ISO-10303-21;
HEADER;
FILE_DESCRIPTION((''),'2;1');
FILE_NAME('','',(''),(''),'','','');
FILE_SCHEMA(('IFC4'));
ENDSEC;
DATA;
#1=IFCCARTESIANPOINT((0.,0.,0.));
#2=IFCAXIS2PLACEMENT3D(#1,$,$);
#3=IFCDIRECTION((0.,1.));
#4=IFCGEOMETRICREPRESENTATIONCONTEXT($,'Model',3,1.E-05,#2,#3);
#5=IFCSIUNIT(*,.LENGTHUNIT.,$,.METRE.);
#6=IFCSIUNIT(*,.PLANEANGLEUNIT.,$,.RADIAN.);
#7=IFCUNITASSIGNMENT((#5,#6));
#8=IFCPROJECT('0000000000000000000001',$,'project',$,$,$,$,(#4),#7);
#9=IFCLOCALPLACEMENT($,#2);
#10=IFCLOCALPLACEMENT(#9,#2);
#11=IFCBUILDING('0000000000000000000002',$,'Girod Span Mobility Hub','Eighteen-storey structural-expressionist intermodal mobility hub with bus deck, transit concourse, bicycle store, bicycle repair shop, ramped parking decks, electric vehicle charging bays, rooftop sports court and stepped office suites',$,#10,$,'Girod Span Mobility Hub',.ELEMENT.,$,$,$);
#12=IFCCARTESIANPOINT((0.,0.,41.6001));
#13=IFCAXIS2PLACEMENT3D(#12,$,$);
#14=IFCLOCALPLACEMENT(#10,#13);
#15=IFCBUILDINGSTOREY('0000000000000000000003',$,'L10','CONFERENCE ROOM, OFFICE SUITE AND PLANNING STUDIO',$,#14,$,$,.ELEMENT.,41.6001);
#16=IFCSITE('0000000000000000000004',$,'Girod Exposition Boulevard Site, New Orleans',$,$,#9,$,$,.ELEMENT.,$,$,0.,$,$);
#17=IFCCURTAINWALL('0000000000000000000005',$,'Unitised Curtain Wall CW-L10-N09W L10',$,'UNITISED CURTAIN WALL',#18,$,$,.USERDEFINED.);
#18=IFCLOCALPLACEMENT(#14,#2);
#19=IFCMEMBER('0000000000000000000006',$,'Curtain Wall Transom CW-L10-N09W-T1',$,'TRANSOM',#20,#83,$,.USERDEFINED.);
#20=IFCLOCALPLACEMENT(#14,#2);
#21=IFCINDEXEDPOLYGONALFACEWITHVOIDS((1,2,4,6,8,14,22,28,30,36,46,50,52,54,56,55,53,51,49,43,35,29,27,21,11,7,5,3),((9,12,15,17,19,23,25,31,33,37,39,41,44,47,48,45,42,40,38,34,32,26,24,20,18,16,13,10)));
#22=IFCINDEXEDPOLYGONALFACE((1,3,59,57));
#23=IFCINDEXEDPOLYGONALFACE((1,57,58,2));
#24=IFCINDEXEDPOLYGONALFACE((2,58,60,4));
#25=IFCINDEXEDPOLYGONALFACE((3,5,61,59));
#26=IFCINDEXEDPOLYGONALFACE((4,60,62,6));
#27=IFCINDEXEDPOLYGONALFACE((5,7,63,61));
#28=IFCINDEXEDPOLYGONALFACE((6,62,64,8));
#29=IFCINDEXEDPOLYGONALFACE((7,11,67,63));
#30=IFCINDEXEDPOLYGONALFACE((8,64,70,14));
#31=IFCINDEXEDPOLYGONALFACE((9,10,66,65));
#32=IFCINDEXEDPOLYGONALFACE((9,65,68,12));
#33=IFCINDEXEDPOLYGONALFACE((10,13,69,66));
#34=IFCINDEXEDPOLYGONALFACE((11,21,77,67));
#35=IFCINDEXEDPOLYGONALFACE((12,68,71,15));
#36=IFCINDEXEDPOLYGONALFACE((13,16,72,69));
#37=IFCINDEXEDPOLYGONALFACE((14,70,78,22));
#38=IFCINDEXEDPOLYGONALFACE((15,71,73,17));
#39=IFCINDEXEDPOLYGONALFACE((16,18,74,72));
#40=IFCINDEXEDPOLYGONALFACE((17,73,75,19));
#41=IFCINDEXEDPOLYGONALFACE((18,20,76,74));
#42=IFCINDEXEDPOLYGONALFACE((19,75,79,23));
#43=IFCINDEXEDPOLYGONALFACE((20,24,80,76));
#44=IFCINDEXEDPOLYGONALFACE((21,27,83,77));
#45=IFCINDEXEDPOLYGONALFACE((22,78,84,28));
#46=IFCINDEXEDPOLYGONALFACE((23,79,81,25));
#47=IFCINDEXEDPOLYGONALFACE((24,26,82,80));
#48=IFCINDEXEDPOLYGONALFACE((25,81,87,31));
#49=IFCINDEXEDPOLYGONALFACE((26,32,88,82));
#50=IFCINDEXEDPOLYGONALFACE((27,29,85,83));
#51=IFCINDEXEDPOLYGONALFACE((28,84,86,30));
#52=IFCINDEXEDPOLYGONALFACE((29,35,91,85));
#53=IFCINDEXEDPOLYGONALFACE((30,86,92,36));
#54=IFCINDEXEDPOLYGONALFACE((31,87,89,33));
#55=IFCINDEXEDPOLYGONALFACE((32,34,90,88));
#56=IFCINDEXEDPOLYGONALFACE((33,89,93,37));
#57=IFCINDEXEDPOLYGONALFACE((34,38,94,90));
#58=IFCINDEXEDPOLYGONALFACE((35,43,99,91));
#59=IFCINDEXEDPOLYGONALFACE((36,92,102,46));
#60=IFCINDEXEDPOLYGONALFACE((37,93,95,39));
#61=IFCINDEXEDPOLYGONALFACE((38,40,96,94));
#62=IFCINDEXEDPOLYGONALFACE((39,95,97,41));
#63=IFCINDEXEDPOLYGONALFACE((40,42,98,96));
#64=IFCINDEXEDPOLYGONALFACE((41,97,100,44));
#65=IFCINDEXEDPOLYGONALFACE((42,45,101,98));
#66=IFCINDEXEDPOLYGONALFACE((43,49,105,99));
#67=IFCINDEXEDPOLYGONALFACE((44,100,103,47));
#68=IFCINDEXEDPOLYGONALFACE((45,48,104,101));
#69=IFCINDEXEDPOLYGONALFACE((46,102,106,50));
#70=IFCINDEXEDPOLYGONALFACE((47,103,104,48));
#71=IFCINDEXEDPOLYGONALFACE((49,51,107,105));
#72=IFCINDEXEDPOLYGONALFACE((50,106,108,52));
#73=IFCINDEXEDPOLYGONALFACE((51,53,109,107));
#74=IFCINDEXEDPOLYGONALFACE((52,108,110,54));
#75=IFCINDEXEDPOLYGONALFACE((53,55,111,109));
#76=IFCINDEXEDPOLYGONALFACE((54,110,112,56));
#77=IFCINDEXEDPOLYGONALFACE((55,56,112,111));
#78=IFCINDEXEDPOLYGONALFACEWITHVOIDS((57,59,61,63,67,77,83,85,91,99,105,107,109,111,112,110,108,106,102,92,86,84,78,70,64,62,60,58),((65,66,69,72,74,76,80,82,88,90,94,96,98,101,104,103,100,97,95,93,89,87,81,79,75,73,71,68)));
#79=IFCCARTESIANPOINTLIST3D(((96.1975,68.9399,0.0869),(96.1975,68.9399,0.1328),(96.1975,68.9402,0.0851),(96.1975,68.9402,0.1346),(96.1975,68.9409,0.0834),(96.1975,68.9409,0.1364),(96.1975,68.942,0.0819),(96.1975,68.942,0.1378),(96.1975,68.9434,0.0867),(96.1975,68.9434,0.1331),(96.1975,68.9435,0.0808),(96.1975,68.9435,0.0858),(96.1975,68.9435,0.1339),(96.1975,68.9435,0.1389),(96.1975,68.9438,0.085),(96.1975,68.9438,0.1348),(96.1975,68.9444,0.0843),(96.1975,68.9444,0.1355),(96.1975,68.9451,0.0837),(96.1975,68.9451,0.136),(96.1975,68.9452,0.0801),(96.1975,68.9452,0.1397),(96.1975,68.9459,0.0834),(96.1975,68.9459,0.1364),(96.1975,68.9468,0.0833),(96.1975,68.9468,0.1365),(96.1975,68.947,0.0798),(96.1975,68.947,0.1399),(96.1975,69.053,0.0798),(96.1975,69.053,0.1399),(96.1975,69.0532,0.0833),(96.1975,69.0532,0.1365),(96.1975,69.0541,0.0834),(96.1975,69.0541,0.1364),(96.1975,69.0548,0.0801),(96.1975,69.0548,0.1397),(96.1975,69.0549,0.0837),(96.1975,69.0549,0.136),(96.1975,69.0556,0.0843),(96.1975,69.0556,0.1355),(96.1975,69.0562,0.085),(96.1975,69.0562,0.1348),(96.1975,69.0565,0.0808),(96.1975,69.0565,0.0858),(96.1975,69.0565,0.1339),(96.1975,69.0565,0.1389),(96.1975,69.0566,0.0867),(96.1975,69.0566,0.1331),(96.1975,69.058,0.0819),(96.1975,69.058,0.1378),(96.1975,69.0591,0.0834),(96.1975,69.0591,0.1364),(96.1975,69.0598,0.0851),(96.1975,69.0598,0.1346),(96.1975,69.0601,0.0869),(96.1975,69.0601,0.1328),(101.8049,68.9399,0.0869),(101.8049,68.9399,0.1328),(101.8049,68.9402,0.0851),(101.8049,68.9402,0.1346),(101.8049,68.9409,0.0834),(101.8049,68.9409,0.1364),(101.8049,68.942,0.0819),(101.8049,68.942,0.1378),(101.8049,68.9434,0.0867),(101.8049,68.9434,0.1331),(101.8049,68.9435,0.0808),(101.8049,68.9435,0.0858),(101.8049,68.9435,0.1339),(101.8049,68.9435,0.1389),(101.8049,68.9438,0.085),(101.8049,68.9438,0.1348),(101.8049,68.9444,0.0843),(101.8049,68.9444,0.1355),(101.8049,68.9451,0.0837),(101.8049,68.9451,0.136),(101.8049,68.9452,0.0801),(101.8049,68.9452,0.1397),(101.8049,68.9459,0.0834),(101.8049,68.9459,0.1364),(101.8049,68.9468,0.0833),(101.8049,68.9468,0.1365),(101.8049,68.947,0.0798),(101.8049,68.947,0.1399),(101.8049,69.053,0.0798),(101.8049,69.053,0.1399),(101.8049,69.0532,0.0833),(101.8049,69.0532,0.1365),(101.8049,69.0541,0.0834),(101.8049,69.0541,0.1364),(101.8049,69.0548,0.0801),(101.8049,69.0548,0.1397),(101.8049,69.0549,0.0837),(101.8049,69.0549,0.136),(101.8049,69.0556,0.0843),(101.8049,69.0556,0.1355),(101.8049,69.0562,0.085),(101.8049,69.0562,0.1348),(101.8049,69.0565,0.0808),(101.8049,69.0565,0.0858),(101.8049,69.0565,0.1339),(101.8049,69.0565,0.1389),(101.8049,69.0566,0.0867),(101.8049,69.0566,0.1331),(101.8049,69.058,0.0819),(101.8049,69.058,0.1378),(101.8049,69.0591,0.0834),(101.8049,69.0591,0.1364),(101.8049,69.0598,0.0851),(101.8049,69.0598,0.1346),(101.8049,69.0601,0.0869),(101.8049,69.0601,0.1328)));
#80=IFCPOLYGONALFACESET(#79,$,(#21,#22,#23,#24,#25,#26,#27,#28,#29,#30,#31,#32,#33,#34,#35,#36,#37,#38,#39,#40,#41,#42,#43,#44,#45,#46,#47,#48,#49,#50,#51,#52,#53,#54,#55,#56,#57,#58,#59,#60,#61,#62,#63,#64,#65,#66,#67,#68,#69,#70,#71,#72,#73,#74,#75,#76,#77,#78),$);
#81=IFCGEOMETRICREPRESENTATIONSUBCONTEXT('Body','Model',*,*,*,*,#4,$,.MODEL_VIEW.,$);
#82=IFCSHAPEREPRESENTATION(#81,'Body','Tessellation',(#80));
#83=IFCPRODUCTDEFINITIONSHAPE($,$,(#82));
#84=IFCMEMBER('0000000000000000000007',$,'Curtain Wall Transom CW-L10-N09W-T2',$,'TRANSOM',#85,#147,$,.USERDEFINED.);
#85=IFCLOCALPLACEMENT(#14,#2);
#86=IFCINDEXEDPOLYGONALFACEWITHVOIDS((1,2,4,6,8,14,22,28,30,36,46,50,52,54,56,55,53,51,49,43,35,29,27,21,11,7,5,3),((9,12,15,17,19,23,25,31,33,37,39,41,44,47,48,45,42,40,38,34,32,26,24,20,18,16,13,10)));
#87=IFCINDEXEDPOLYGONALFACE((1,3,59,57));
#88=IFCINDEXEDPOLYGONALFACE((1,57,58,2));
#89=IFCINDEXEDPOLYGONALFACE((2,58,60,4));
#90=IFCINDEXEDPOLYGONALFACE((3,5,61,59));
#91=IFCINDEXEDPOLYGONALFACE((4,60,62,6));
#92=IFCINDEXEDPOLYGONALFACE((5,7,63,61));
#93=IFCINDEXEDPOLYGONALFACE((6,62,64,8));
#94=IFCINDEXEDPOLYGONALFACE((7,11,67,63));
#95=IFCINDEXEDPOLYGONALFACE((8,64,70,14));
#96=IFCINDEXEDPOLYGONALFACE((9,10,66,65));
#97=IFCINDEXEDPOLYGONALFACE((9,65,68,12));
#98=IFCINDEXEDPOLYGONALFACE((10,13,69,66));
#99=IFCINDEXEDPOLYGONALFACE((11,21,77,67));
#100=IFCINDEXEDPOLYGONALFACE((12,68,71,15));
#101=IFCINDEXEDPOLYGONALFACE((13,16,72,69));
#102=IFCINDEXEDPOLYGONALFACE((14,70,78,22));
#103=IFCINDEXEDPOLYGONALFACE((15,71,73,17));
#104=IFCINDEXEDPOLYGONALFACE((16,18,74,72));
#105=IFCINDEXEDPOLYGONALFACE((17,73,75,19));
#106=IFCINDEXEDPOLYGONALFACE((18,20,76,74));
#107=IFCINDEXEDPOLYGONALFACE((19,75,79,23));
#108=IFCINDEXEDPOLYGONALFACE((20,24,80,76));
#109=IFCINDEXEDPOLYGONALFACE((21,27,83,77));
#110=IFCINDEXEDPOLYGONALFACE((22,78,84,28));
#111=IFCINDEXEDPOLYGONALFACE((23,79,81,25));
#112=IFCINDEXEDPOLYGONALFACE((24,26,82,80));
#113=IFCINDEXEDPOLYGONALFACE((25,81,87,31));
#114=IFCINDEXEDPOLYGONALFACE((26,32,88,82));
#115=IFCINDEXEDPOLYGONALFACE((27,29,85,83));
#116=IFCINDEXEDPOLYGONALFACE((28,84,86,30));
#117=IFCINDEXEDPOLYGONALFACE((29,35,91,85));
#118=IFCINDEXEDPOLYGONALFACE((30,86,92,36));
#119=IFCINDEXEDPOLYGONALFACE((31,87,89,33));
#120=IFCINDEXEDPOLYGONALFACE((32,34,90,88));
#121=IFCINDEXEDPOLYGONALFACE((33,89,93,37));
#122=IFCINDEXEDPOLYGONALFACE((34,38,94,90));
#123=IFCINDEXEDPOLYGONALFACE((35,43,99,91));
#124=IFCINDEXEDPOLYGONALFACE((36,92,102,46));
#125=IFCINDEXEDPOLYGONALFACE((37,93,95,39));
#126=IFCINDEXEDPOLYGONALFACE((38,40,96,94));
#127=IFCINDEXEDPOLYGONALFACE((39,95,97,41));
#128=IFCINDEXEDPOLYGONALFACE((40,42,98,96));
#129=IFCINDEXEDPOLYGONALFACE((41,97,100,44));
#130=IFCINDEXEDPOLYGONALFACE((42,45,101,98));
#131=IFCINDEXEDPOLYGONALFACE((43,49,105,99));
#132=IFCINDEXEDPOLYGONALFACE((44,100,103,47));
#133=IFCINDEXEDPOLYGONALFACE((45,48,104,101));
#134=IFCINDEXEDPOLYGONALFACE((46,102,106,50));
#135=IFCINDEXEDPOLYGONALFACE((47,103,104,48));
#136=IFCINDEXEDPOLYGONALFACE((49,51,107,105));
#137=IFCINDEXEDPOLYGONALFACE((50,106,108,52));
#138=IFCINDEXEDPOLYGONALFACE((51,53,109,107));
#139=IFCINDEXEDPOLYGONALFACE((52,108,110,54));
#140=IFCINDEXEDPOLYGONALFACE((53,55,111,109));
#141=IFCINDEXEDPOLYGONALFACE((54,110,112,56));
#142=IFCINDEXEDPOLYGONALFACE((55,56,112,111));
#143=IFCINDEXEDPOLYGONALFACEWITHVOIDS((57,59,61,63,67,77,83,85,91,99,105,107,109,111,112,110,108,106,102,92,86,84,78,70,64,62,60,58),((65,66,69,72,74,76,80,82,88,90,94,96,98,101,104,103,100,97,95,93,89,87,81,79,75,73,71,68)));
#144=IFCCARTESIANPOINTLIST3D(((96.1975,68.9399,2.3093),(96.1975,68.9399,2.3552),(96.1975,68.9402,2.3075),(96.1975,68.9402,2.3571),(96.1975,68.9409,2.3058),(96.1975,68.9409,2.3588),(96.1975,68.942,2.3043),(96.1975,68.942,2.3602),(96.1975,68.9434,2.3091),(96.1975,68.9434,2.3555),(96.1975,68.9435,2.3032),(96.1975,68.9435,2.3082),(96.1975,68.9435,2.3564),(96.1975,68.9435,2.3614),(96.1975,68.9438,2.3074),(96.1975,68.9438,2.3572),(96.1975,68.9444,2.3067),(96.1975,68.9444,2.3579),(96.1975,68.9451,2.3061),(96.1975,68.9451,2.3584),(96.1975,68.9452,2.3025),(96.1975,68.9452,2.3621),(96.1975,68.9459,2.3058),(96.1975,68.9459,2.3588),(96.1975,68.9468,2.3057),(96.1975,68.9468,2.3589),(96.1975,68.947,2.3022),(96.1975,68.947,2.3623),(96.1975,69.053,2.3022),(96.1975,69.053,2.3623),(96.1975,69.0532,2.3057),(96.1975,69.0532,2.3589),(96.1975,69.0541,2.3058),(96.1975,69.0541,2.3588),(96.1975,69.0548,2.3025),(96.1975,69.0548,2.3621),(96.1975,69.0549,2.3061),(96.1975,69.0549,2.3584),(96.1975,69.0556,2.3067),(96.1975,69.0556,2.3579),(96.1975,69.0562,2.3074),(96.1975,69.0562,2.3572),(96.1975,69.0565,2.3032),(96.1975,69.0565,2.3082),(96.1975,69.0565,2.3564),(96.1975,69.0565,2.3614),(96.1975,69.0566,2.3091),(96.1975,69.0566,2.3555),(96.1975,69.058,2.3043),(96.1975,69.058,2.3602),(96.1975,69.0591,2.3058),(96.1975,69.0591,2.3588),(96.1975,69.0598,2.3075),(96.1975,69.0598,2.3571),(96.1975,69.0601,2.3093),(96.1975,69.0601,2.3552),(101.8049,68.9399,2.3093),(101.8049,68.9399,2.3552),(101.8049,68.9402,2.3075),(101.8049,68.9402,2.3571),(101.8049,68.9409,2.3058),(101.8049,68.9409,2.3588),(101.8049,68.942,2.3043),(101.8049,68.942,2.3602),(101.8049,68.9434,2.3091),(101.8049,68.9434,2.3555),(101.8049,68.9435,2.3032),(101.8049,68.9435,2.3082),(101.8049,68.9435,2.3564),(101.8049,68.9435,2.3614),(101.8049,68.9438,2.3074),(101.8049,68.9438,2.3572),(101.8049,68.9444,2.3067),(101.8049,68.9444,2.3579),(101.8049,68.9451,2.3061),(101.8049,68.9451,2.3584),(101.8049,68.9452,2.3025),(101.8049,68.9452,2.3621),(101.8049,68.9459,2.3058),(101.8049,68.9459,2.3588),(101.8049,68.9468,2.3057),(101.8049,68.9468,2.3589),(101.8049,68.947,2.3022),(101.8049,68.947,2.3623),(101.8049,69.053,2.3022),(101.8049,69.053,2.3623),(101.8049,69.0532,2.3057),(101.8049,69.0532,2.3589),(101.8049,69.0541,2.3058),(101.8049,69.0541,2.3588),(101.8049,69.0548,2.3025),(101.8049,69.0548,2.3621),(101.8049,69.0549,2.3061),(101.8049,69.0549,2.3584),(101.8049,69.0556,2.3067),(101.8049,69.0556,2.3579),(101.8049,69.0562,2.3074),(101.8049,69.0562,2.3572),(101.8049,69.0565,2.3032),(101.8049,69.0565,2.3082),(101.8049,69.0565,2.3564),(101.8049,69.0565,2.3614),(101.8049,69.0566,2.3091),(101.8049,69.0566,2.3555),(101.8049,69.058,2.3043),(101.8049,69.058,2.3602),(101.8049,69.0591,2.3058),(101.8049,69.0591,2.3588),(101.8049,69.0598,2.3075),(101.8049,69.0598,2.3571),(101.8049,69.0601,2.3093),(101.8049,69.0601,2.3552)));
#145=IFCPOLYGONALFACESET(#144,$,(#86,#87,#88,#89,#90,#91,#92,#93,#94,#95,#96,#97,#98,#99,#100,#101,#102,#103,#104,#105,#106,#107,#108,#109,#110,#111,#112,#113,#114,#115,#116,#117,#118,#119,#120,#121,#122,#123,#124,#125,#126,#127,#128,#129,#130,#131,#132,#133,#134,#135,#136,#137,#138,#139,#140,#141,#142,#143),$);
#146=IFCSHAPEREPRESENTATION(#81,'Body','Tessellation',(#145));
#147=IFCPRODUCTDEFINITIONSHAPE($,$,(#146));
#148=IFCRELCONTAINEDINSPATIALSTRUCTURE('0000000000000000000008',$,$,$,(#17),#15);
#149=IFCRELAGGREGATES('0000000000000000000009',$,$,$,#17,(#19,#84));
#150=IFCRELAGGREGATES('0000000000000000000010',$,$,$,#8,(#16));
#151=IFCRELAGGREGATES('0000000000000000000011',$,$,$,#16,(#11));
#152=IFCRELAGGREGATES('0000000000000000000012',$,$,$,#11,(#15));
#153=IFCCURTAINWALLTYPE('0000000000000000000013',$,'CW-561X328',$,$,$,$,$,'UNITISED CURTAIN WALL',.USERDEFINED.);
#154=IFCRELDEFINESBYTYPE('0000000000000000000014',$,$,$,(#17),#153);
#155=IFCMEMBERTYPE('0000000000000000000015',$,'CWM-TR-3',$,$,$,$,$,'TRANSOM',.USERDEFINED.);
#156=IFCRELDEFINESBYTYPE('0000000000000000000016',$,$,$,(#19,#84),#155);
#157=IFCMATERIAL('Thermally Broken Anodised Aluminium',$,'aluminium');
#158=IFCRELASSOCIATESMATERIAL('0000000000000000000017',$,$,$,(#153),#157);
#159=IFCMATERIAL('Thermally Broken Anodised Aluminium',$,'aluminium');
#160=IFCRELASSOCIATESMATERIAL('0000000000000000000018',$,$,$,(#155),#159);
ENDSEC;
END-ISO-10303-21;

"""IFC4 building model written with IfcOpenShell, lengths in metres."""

from ifc_helpers import new_model, si_unit, direction, frame, origin, origin_2d, place, context, subcontext, project, spatial, hollow_rectangle, extrude, material, material_profile, profile_set, type_object, element, aggregate, save


model = new_model("IFC4")

# Units and contexts
model_context = context("Model", 3, precision=1e-05, world=origin(), true_north=direction((0.0, 1.0)))
body_context = subcontext(model_context, "Body", "Model", "MODEL_VIEW")
ifc_project = project(units=[si_unit("LENGTHUNIT", "METRE"), si_unit("PLANEANGLEUNIT", "RADIAN")], contexts=[model_context])

# Site, building, storey
site_placement = place(None, origin())
site = spatial("IfcSite", under=ifc_project, at=site_placement, Name="Girod Exposition Boulevard Site, New Orleans", CompositionType="ELEMENT", RefElevation=0.0)
building_placement = place(site_placement, origin())
building = spatial("IfcBuilding", under=site, at=building_placement, Name="Girod Span Mobility Hub", Description="Eighteen-storey structural-expressionist intermodal mobility hub with bus deck, transit concourse, bicycle store, bicycle repair shop, ramped parking decks, electric vehicle charging bays, rooftop sports court and stepped office suites", LongName="Girod Span Mobility Hub", CompositionType="ELEMENT")
storey_placement = place(building_placement, frame((0.0, 0.0, 41.6001)))
storey = spatial("IfcBuildingStorey", under=building, at=storey_placement, Name="L10", Description="CONFERENCE ROOM, OFFICE SUITE AND PLANNING STUDIO", CompositionType="ELEMENT", Elevation=41.6001)

# Curtain wall
ifc_material_1 = material(Name="Thermally Broken Anodised Aluminium", Category="aluminium")
curtain_wall_type = type_object("IfcCurtainWallType", Name="CW-561X328", ElementType="UNITISED CURTAIN WALL", PredefinedType="USERDEFINED", material=ifc_material_1)
curtain_wall_1_placement = place(storey_placement, origin())
curtain_wall_1 = element("IfcCurtainWall", 1, at=curtain_wall_1_placement, inside=storey, type_object=curtain_wall_type, Name="Unitised Curtain Wall CW-L10-N09W L10", ObjectType="UNITISED CURTAIN WALL", PredefinedType="USERDEFINED")

# Members
ifc_material_2 = material(Name="Thermally Broken Anodised Aluminium", Category="aluminium")
ifc_material_profile_1 = material_profile(ifc_material_2, hollow_rectangle(XDim=0.1201, YDim=0.0601, WallThickness=0.0034, InnerFilletRadius=0.0034, OuterFilletRadius=0.0071, at=origin_2d()), Name="CW-TR-60X120")
ifc_profile_set_1 = profile_set([ifc_material_profile_1], Name="Thermally Broken Anodised Aluminium")
member_type_1 = type_object("IfcMemberType", Name="CWM-TR-3", ElementType="TRANSOM", PredefinedType="USERDEFINED", material=ifc_profile_set_1)
member_1_placement = place(storey_placement, frame((96.1975, 69.0, 0.1099), z_axis=(1.0, 0.0, 0.0), x_axis=(0.0, 1.0, 0.0)))
member_1 = element("IfcMember", 2, at=member_1_placement, type_object=member_type_1, Name="Curtain Wall Transom CW-L10-N09W-T1", ObjectType="TRANSOM", PredefinedType="USERDEFINED", context=body_context, shape_type="SweptSolid", body=[
    extrude(hollow_rectangle(XDim=0.1201, YDim=0.0601, WallThickness=0.0034, InnerFilletRadius=0.0034, OuterFilletRadius=0.0071, at=origin_2d()), origin(), (0.0, 0.0, 1.0), 5.6074),
])
member_2_placement = place(storey_placement, frame((96.1975, 69.0, 2.3323), z_axis=(1.0, 0.0, 0.0), x_axis=(0.0, 1.0, 0.0)))
member_2 = element("IfcMember", 3, at=member_2_placement, type_object=member_type_1, Name="Curtain Wall Transom CW-L10-N09W-T2", ObjectType="TRANSOM", PredefinedType="USERDEFINED", context=body_context, shape_type="SweptSolid", body=[
    extrude(hollow_rectangle(XDim=0.1201, YDim=0.0601, WallThickness=0.0034, InnerFilletRadius=0.0034, OuterFilletRadius=0.0071, at=origin_2d()), origin(), (0.0, 0.0, 1.0), 5.6074),
])

aggregate(curtain_wall_1, [member_1, member_2])

save(model, "model.ifc")
